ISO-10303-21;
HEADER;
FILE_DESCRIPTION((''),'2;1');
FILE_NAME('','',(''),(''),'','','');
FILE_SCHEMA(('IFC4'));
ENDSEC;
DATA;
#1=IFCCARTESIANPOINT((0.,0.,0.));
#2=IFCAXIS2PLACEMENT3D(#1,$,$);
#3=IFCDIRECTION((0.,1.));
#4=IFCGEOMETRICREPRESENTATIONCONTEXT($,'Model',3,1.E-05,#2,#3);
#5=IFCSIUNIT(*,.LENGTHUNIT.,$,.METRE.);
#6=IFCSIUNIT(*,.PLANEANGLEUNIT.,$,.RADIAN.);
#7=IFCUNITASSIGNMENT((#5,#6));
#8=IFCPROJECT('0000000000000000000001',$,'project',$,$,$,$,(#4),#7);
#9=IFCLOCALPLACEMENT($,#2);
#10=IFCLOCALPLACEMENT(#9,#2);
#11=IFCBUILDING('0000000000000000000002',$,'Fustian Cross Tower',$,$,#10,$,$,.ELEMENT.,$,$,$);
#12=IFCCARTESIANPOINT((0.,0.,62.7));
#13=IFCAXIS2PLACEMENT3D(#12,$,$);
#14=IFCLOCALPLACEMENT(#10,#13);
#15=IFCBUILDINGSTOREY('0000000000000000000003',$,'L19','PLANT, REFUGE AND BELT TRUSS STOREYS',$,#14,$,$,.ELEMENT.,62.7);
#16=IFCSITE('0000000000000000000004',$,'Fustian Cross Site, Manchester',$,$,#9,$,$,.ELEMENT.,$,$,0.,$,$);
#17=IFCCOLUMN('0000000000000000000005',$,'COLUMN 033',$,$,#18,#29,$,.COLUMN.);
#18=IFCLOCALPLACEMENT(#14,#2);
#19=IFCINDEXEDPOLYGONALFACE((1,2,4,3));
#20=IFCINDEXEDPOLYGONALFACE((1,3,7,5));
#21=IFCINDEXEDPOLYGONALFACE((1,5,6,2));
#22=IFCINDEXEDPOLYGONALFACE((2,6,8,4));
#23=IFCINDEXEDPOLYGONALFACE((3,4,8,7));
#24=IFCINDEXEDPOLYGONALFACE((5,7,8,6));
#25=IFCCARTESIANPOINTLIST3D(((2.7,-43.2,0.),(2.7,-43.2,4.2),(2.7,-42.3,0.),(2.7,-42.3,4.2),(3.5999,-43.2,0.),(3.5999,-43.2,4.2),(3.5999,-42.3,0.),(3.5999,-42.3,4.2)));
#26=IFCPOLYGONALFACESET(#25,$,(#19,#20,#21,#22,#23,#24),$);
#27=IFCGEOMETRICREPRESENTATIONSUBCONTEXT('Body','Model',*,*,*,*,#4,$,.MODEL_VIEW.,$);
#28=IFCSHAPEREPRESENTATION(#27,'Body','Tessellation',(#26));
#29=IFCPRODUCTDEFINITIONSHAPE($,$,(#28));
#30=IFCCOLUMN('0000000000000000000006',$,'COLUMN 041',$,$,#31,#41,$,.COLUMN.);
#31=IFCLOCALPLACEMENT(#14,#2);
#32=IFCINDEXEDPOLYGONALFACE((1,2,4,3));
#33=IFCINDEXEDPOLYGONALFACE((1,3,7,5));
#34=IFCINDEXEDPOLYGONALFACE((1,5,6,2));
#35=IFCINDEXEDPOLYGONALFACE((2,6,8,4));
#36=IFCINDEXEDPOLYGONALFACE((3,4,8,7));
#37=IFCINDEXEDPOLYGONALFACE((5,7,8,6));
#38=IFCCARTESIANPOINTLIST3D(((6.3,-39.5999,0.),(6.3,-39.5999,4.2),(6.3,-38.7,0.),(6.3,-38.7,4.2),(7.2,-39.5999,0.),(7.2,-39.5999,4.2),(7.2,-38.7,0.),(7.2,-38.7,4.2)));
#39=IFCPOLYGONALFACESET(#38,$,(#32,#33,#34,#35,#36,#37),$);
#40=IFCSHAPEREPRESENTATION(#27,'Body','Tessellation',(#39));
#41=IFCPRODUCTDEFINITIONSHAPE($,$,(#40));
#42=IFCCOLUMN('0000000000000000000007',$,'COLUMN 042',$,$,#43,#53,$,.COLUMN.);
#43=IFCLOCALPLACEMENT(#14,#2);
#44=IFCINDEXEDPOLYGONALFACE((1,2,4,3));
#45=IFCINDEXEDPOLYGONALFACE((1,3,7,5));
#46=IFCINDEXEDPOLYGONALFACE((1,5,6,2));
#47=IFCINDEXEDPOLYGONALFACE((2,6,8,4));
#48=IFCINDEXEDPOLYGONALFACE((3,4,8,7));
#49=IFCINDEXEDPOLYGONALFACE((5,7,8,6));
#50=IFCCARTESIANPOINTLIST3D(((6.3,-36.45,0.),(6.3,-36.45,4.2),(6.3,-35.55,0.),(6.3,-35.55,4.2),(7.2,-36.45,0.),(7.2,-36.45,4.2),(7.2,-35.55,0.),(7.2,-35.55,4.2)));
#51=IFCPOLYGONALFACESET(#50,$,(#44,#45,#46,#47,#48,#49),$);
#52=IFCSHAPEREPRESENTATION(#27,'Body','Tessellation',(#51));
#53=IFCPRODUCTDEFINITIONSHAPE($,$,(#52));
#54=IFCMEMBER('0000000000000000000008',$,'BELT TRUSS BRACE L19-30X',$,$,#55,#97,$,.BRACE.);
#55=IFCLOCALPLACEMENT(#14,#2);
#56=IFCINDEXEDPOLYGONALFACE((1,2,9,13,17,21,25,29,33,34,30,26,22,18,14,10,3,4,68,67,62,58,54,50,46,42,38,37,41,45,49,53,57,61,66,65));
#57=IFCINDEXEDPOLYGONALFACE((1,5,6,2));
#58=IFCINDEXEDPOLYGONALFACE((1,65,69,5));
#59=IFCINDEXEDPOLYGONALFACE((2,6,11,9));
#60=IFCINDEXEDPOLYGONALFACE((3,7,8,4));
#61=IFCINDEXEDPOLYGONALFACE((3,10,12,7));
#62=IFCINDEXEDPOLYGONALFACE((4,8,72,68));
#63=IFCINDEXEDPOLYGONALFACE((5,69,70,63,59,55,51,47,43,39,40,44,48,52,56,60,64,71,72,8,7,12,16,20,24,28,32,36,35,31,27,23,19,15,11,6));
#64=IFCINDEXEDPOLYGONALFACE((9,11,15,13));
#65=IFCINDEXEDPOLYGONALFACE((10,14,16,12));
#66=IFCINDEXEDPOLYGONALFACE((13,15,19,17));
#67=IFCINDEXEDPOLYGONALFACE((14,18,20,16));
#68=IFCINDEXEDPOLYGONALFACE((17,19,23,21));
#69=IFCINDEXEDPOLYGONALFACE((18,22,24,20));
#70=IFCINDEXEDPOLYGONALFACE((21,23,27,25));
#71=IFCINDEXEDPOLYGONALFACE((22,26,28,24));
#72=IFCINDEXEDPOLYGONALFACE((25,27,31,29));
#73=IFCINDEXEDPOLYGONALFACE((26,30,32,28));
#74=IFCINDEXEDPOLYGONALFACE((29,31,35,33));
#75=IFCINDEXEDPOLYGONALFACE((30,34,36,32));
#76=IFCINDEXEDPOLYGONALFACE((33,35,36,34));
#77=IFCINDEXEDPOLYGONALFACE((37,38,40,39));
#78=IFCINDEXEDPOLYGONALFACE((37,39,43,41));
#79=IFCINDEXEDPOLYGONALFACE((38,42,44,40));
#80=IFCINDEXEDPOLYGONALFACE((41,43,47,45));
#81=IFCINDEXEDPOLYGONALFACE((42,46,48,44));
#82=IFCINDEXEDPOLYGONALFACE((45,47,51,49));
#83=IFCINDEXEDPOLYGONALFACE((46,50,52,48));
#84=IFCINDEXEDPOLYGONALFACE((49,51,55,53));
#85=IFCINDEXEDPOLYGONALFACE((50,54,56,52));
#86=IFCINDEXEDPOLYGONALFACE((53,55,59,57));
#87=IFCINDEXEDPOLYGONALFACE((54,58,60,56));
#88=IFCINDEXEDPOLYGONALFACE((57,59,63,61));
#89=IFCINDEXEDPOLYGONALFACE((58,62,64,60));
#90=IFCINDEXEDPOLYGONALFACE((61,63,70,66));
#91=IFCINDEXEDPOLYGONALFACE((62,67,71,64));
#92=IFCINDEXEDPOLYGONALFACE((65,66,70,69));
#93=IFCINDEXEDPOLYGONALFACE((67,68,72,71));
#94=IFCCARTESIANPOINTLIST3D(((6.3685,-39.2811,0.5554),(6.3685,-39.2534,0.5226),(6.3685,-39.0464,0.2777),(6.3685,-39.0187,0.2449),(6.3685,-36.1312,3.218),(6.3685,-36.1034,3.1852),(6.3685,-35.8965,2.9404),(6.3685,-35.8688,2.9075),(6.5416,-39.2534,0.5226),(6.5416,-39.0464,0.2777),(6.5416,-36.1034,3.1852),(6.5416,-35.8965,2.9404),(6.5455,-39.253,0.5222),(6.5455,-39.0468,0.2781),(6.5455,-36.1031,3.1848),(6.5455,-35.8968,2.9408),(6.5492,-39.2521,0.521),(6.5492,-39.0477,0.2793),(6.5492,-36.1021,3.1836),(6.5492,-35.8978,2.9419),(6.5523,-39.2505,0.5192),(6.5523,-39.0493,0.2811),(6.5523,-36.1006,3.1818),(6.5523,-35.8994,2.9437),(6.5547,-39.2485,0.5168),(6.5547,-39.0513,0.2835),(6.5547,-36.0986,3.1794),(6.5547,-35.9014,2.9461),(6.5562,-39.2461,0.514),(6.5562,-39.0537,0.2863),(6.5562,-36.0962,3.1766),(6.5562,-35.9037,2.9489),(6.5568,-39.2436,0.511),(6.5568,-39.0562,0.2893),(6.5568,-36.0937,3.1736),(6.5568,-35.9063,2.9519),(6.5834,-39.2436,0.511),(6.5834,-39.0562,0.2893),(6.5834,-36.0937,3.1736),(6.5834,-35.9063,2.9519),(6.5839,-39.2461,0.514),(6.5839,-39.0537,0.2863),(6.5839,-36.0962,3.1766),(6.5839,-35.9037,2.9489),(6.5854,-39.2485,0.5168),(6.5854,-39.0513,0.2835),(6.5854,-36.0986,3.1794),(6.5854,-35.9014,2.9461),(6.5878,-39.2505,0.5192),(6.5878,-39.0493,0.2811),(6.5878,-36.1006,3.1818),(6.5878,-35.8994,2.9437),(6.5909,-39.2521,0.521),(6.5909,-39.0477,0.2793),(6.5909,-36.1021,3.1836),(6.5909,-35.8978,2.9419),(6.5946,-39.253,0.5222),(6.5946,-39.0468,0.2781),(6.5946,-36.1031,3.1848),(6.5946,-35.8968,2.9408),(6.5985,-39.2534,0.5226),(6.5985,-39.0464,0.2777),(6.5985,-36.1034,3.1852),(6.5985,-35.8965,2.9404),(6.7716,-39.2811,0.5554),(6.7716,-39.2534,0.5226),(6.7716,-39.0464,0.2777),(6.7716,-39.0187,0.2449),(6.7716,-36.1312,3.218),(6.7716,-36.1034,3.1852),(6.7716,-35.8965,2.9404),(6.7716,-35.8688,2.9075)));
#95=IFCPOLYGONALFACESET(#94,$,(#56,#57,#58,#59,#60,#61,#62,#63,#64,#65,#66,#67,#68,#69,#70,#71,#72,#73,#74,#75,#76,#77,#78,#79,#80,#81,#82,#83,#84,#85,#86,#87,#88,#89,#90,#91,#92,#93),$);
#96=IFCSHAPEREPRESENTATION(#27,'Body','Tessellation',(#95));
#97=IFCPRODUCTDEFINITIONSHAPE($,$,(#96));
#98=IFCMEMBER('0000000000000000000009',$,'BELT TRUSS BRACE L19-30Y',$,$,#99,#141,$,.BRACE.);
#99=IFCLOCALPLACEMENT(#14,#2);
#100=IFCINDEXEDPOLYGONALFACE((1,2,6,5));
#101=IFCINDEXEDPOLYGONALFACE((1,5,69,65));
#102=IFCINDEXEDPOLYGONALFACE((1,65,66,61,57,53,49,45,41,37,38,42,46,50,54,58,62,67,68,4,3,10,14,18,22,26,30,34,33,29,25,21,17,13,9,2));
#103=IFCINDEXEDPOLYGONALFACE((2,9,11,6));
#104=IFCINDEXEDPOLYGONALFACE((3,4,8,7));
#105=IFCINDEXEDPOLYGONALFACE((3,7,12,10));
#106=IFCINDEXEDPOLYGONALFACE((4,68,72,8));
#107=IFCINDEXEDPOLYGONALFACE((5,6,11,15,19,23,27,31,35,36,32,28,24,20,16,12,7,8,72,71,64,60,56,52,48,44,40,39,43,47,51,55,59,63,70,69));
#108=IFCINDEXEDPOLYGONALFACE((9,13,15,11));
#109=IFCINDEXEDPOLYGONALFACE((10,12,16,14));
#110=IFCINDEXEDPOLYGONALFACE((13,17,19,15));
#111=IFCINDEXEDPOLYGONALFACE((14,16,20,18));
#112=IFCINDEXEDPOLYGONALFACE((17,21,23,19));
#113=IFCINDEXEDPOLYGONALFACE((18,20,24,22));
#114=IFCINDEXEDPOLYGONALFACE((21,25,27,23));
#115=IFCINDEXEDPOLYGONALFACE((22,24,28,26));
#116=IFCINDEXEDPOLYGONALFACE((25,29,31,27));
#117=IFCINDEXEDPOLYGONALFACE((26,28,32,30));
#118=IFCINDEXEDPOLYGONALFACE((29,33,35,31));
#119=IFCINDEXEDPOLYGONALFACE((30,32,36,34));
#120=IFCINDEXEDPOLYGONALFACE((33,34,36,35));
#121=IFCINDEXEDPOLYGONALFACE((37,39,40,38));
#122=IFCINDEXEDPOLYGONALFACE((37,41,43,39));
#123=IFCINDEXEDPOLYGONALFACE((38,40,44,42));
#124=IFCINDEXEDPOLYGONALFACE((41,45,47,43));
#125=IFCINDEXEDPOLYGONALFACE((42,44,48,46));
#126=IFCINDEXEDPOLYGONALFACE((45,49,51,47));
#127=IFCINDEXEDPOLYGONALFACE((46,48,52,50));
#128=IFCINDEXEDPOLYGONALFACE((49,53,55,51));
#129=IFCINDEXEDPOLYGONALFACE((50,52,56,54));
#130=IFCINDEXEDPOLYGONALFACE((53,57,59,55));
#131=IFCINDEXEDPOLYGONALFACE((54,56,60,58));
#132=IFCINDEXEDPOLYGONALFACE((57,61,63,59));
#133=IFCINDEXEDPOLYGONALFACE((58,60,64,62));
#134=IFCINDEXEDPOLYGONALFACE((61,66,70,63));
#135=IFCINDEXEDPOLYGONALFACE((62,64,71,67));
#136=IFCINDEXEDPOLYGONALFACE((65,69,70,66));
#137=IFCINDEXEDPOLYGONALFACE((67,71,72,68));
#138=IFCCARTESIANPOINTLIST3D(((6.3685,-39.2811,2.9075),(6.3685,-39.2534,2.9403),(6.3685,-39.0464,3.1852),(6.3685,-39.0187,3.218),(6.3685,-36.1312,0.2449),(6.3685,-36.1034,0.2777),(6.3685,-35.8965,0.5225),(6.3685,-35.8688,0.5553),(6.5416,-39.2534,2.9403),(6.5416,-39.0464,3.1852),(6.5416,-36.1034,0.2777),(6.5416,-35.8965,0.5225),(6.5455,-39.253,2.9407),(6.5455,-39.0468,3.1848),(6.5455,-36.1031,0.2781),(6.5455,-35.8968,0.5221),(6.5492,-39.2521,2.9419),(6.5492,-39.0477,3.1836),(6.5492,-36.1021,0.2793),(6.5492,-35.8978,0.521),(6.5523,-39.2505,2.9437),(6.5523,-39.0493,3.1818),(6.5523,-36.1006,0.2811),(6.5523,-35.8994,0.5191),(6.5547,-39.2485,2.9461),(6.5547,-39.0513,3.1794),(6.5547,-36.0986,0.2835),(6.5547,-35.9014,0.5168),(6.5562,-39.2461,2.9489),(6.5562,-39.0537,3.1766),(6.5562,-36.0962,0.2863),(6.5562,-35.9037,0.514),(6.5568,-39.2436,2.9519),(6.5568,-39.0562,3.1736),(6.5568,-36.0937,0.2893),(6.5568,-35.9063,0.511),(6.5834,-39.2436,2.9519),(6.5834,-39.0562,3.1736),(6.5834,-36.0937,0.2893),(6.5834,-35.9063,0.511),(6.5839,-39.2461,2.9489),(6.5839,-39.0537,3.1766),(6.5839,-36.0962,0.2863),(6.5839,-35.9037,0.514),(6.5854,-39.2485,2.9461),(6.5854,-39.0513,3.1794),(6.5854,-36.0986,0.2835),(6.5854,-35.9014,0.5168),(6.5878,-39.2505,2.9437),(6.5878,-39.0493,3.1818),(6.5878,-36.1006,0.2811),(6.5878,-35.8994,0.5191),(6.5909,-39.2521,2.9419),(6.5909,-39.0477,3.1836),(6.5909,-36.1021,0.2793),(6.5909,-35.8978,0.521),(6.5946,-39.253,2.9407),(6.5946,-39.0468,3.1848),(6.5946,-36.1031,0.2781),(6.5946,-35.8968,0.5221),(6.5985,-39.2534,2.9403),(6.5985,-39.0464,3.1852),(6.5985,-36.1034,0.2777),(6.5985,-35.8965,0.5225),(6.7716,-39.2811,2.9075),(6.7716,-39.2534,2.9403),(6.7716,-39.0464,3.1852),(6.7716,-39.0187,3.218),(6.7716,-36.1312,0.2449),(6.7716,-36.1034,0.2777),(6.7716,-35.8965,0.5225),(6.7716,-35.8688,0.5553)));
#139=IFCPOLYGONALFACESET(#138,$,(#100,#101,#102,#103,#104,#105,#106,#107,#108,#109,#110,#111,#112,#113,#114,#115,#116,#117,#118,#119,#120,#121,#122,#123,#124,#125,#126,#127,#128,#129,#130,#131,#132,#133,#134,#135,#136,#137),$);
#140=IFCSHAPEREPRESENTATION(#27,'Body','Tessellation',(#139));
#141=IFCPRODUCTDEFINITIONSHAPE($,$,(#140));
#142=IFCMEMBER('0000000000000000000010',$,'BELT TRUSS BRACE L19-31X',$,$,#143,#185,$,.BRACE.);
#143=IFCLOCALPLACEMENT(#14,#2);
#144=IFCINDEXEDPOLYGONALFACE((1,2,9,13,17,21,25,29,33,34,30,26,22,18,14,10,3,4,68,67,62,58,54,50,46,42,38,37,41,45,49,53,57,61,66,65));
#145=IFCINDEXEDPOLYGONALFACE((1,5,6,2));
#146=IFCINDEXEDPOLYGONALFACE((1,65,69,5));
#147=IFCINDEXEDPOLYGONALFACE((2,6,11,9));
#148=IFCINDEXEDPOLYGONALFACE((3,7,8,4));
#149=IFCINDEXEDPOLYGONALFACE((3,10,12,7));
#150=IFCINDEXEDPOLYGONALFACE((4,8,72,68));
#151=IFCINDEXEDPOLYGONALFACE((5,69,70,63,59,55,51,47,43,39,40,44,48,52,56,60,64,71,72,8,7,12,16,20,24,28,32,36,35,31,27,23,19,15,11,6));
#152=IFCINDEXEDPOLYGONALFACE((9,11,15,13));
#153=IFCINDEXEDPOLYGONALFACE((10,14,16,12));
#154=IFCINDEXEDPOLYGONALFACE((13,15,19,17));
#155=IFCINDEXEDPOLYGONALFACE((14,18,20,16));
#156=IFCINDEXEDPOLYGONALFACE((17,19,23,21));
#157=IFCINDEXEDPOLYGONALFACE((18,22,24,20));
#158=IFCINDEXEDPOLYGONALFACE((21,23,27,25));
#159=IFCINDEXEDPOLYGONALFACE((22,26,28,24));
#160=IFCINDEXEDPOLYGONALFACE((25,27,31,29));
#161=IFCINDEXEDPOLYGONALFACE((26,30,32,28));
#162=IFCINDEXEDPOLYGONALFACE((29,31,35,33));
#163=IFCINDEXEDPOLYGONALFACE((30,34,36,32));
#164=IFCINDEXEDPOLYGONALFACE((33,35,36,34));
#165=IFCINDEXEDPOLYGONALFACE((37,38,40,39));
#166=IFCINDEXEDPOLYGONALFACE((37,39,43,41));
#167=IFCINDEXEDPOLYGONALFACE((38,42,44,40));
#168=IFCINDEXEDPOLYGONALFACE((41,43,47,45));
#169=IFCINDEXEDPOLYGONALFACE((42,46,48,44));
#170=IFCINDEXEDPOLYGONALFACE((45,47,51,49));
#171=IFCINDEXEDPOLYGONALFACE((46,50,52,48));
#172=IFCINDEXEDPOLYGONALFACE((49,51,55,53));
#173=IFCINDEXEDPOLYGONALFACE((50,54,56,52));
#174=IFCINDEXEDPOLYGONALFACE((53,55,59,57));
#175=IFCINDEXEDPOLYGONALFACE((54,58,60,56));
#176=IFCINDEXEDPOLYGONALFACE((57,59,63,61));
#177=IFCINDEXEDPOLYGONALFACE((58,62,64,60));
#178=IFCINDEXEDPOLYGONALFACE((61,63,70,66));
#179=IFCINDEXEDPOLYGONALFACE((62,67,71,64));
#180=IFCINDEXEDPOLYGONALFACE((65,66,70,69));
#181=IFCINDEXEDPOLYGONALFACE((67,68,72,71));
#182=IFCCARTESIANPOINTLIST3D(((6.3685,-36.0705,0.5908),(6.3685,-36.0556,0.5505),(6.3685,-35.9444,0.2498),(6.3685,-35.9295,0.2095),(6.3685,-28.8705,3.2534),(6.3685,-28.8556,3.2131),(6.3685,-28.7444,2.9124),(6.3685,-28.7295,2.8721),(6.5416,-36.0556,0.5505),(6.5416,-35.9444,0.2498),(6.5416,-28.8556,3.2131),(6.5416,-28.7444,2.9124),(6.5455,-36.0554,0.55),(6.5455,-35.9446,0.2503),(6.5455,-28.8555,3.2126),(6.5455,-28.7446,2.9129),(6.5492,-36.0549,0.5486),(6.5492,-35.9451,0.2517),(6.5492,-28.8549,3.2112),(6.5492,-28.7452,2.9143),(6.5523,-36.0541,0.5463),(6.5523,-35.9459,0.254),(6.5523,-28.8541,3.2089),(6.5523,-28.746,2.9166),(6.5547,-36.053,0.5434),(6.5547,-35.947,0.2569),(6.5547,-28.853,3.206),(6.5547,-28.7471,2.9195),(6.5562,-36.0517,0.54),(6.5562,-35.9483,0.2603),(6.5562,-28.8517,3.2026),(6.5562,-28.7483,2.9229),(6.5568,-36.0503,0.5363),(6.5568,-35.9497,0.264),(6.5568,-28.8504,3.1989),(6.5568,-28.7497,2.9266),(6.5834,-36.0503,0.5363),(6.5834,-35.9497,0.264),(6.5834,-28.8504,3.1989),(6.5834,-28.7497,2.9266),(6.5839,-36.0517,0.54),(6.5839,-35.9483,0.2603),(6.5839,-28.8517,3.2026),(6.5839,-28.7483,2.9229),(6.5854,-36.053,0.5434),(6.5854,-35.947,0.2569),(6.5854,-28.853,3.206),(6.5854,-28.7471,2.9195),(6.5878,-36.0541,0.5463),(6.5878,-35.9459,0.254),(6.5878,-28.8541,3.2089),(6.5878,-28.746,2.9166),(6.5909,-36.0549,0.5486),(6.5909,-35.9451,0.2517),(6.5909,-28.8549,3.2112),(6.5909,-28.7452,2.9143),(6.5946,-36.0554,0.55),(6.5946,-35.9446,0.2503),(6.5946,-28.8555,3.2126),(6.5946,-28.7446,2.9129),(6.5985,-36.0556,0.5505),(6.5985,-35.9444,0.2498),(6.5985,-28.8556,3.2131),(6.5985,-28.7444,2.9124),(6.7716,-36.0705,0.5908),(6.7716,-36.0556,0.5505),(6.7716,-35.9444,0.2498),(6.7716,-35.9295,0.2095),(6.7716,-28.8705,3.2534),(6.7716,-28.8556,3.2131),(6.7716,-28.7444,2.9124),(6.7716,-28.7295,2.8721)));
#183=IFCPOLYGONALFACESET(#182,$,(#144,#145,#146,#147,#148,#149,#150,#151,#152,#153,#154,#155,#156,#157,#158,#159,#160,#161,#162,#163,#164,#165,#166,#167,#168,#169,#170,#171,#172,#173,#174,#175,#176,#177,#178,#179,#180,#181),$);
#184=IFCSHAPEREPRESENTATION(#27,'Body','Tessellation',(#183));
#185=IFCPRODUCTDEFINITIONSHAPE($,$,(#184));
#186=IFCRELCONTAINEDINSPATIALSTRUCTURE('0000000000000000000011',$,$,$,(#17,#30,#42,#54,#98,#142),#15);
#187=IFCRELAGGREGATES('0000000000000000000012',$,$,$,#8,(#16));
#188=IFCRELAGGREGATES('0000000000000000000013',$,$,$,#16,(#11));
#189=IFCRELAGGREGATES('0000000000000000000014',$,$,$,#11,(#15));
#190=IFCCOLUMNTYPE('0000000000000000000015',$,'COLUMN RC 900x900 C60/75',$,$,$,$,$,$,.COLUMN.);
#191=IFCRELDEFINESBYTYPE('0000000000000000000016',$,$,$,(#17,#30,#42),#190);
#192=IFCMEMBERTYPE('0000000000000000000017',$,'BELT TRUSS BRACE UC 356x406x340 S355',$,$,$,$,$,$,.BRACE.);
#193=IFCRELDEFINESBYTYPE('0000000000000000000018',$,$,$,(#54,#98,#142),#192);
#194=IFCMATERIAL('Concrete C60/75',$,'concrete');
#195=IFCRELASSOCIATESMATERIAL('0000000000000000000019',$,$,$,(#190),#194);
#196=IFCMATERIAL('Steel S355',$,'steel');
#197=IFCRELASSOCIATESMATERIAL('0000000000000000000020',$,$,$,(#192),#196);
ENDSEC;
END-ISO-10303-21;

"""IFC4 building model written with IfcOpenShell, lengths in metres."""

from ifc_helpers import new_model, si_unit, direction, frame, origin, origin_2d, place, context, subcontext, project, spatial, rectangle, i_section, extrude, material, material_profile, profile_set, type_object, element, save


model = new_model("IFC4")

# Units and contexts
model_context = context("Model", 3, precision=1e-05, world=origin(), true_north=direction((0.0, 1.0)))
body_context = subcontext(model_context, "Body", "Model", "MODEL_VIEW")
ifc_project = project(units=[si_unit("LENGTHUNIT", "METRE"), si_unit("PLANEANGLEUNIT", "RADIAN")], contexts=[model_context])

# Site, building, storey
site_placement = place(None, origin())
site = spatial("IfcSite", under=ifc_project, at=site_placement, Name="Fustian Cross Site, Manchester", CompositionType="ELEMENT", RefElevation=0.0)
building_placement = place(site_placement, origin())
building = spatial("IfcBuilding", under=site, at=building_placement, Name="Fustian Cross Tower", CompositionType="ELEMENT")
storey_placement = place(building_placement, frame((0.0, 0.0, 62.7)))
storey = spatial("IfcBuildingStorey", under=building, at=storey_placement, Name="L19", Description="PLANT, REFUGE AND BELT TRUSS STOREYS", CompositionType="ELEMENT", Elevation=62.7)

# Columns
ifc_material_1 = material(Name="Concrete C60/75", Category="concrete")
ifc_material_profile_1 = material_profile(ifc_material_1, rectangle(XDim=0.8999, YDim=0.8999, at=origin_2d()), Name="RC 900x900")
ifc_profile_set_1 = profile_set([ifc_material_profile_1], Name="Concrete C60/75")
column_type = type_object("IfcColumnType", Name="COLUMN RC 900x900 C60/75", PredefinedType="COLUMN", material=ifc_profile_set_1)
for number, where, z_axis, x_axis, name in (
    (1, (3.1499, -42.75, 0.0), (0.0, 0.0, 1.0), (1.0, 0.0, 0.0), "COLUMN 033"),
    (2, (6.75, -39.1499, 0.0), (0.0, 0.0, 1.0), (1.0, 0.0, 0.0), "COLUMN 041"),
    (3, (6.75, -36.0, 0.0), (0.0, 0.0, 1.0), (1.0, 0.0, 0.0), "COLUMN 042"),
):
    element("IfcColumn", number, at=place(storey_placement, frame(where, z_axis=z_axis, x_axis=x_axis)), inside=storey, type_object=column_type, Name=name, PredefinedType="COLUMN", context=body_context, shape_type="SweptSolid", body=[
        extrude(rectangle(XDim=0.8999, YDim=0.8999, at=origin_2d()), origin(), (0.0, 0.0, 1.0), 4.2),
    ])

# Members
ifc_material_2 = material(Name="Steel S355", Category="steel")
ifc_material_profile_2 = material_profile(ifc_material_2, i_section(OverallWidth=0.4031, OverallDepth=0.4065, WebThickness=0.0266, FlangeThickness=0.043, FilletRadius=0.0151, at=origin_2d()), Name="UC 356x406x340")
ifc_profile_set_2 = profile_set([ifc_material_profile_2], Name="Steel S355")
member_type_1 = type_object("IfcMemberType", Name="BELT TRUSS BRACE UC 356x406x340 S355", PredefinedType="BRACE", material=ifc_profile_set_2)
for number, where, z_axis, x_axis, name in (
    (4, (6.5701, -39.1499, 0.4001), (0.0, 0.76371, 0.64556), (-1.0, 0.0, 0.0), "BELT TRUSS BRACE L19-30X"),
    (5, (6.5701, -39.1499, 3.0627), (0.0, 0.76371, -0.64556), (-1.0, 0.0, 0.0), "BELT TRUSS BRACE L19-30Y"),
):
    element("IfcMember", number, at=place(storey_placement, frame(where, z_axis=z_axis, x_axis=x_axis)), inside=storey, type_object=member_type_1, Name=name, PredefinedType="BRACE", context=body_context, shape_type="SweptSolid", body=[
        extrude(i_section(OverallWidth=0.4031, OverallDepth=0.4065, WebThickness=0.0266, FlangeThickness=0.043, FilletRadius=0.0151, at=origin_2d()), origin(), (0.0, 0.0, 1.0), 4.1245),
    ])
for number, where, z_axis, x_axis, name in (
    (6, (6.5701, -36.0, 0.4001), (0.0, 0.937921, 0.34685), (-1.0, 0.0, 0.0), "BELT TRUSS BRACE L19-31X"),
):
    element("IfcMember", number, at=place(storey_placement, frame(where, z_axis=z_axis, x_axis=x_axis)), inside=storey, type_object=member_type_1, Name=name, PredefinedType="BRACE", context=body_context, shape_type="SweptSolid", body=[
        extrude(i_section(OverallWidth=0.4031, OverallDepth=0.4065, WebThickness=0.0266, FlangeThickness=0.043, FilletRadius=0.0151, at=origin_2d()), origin(), (0.0, 0.0, 1.0), 7.6765),
    ])

save(model, "model.ifc")
